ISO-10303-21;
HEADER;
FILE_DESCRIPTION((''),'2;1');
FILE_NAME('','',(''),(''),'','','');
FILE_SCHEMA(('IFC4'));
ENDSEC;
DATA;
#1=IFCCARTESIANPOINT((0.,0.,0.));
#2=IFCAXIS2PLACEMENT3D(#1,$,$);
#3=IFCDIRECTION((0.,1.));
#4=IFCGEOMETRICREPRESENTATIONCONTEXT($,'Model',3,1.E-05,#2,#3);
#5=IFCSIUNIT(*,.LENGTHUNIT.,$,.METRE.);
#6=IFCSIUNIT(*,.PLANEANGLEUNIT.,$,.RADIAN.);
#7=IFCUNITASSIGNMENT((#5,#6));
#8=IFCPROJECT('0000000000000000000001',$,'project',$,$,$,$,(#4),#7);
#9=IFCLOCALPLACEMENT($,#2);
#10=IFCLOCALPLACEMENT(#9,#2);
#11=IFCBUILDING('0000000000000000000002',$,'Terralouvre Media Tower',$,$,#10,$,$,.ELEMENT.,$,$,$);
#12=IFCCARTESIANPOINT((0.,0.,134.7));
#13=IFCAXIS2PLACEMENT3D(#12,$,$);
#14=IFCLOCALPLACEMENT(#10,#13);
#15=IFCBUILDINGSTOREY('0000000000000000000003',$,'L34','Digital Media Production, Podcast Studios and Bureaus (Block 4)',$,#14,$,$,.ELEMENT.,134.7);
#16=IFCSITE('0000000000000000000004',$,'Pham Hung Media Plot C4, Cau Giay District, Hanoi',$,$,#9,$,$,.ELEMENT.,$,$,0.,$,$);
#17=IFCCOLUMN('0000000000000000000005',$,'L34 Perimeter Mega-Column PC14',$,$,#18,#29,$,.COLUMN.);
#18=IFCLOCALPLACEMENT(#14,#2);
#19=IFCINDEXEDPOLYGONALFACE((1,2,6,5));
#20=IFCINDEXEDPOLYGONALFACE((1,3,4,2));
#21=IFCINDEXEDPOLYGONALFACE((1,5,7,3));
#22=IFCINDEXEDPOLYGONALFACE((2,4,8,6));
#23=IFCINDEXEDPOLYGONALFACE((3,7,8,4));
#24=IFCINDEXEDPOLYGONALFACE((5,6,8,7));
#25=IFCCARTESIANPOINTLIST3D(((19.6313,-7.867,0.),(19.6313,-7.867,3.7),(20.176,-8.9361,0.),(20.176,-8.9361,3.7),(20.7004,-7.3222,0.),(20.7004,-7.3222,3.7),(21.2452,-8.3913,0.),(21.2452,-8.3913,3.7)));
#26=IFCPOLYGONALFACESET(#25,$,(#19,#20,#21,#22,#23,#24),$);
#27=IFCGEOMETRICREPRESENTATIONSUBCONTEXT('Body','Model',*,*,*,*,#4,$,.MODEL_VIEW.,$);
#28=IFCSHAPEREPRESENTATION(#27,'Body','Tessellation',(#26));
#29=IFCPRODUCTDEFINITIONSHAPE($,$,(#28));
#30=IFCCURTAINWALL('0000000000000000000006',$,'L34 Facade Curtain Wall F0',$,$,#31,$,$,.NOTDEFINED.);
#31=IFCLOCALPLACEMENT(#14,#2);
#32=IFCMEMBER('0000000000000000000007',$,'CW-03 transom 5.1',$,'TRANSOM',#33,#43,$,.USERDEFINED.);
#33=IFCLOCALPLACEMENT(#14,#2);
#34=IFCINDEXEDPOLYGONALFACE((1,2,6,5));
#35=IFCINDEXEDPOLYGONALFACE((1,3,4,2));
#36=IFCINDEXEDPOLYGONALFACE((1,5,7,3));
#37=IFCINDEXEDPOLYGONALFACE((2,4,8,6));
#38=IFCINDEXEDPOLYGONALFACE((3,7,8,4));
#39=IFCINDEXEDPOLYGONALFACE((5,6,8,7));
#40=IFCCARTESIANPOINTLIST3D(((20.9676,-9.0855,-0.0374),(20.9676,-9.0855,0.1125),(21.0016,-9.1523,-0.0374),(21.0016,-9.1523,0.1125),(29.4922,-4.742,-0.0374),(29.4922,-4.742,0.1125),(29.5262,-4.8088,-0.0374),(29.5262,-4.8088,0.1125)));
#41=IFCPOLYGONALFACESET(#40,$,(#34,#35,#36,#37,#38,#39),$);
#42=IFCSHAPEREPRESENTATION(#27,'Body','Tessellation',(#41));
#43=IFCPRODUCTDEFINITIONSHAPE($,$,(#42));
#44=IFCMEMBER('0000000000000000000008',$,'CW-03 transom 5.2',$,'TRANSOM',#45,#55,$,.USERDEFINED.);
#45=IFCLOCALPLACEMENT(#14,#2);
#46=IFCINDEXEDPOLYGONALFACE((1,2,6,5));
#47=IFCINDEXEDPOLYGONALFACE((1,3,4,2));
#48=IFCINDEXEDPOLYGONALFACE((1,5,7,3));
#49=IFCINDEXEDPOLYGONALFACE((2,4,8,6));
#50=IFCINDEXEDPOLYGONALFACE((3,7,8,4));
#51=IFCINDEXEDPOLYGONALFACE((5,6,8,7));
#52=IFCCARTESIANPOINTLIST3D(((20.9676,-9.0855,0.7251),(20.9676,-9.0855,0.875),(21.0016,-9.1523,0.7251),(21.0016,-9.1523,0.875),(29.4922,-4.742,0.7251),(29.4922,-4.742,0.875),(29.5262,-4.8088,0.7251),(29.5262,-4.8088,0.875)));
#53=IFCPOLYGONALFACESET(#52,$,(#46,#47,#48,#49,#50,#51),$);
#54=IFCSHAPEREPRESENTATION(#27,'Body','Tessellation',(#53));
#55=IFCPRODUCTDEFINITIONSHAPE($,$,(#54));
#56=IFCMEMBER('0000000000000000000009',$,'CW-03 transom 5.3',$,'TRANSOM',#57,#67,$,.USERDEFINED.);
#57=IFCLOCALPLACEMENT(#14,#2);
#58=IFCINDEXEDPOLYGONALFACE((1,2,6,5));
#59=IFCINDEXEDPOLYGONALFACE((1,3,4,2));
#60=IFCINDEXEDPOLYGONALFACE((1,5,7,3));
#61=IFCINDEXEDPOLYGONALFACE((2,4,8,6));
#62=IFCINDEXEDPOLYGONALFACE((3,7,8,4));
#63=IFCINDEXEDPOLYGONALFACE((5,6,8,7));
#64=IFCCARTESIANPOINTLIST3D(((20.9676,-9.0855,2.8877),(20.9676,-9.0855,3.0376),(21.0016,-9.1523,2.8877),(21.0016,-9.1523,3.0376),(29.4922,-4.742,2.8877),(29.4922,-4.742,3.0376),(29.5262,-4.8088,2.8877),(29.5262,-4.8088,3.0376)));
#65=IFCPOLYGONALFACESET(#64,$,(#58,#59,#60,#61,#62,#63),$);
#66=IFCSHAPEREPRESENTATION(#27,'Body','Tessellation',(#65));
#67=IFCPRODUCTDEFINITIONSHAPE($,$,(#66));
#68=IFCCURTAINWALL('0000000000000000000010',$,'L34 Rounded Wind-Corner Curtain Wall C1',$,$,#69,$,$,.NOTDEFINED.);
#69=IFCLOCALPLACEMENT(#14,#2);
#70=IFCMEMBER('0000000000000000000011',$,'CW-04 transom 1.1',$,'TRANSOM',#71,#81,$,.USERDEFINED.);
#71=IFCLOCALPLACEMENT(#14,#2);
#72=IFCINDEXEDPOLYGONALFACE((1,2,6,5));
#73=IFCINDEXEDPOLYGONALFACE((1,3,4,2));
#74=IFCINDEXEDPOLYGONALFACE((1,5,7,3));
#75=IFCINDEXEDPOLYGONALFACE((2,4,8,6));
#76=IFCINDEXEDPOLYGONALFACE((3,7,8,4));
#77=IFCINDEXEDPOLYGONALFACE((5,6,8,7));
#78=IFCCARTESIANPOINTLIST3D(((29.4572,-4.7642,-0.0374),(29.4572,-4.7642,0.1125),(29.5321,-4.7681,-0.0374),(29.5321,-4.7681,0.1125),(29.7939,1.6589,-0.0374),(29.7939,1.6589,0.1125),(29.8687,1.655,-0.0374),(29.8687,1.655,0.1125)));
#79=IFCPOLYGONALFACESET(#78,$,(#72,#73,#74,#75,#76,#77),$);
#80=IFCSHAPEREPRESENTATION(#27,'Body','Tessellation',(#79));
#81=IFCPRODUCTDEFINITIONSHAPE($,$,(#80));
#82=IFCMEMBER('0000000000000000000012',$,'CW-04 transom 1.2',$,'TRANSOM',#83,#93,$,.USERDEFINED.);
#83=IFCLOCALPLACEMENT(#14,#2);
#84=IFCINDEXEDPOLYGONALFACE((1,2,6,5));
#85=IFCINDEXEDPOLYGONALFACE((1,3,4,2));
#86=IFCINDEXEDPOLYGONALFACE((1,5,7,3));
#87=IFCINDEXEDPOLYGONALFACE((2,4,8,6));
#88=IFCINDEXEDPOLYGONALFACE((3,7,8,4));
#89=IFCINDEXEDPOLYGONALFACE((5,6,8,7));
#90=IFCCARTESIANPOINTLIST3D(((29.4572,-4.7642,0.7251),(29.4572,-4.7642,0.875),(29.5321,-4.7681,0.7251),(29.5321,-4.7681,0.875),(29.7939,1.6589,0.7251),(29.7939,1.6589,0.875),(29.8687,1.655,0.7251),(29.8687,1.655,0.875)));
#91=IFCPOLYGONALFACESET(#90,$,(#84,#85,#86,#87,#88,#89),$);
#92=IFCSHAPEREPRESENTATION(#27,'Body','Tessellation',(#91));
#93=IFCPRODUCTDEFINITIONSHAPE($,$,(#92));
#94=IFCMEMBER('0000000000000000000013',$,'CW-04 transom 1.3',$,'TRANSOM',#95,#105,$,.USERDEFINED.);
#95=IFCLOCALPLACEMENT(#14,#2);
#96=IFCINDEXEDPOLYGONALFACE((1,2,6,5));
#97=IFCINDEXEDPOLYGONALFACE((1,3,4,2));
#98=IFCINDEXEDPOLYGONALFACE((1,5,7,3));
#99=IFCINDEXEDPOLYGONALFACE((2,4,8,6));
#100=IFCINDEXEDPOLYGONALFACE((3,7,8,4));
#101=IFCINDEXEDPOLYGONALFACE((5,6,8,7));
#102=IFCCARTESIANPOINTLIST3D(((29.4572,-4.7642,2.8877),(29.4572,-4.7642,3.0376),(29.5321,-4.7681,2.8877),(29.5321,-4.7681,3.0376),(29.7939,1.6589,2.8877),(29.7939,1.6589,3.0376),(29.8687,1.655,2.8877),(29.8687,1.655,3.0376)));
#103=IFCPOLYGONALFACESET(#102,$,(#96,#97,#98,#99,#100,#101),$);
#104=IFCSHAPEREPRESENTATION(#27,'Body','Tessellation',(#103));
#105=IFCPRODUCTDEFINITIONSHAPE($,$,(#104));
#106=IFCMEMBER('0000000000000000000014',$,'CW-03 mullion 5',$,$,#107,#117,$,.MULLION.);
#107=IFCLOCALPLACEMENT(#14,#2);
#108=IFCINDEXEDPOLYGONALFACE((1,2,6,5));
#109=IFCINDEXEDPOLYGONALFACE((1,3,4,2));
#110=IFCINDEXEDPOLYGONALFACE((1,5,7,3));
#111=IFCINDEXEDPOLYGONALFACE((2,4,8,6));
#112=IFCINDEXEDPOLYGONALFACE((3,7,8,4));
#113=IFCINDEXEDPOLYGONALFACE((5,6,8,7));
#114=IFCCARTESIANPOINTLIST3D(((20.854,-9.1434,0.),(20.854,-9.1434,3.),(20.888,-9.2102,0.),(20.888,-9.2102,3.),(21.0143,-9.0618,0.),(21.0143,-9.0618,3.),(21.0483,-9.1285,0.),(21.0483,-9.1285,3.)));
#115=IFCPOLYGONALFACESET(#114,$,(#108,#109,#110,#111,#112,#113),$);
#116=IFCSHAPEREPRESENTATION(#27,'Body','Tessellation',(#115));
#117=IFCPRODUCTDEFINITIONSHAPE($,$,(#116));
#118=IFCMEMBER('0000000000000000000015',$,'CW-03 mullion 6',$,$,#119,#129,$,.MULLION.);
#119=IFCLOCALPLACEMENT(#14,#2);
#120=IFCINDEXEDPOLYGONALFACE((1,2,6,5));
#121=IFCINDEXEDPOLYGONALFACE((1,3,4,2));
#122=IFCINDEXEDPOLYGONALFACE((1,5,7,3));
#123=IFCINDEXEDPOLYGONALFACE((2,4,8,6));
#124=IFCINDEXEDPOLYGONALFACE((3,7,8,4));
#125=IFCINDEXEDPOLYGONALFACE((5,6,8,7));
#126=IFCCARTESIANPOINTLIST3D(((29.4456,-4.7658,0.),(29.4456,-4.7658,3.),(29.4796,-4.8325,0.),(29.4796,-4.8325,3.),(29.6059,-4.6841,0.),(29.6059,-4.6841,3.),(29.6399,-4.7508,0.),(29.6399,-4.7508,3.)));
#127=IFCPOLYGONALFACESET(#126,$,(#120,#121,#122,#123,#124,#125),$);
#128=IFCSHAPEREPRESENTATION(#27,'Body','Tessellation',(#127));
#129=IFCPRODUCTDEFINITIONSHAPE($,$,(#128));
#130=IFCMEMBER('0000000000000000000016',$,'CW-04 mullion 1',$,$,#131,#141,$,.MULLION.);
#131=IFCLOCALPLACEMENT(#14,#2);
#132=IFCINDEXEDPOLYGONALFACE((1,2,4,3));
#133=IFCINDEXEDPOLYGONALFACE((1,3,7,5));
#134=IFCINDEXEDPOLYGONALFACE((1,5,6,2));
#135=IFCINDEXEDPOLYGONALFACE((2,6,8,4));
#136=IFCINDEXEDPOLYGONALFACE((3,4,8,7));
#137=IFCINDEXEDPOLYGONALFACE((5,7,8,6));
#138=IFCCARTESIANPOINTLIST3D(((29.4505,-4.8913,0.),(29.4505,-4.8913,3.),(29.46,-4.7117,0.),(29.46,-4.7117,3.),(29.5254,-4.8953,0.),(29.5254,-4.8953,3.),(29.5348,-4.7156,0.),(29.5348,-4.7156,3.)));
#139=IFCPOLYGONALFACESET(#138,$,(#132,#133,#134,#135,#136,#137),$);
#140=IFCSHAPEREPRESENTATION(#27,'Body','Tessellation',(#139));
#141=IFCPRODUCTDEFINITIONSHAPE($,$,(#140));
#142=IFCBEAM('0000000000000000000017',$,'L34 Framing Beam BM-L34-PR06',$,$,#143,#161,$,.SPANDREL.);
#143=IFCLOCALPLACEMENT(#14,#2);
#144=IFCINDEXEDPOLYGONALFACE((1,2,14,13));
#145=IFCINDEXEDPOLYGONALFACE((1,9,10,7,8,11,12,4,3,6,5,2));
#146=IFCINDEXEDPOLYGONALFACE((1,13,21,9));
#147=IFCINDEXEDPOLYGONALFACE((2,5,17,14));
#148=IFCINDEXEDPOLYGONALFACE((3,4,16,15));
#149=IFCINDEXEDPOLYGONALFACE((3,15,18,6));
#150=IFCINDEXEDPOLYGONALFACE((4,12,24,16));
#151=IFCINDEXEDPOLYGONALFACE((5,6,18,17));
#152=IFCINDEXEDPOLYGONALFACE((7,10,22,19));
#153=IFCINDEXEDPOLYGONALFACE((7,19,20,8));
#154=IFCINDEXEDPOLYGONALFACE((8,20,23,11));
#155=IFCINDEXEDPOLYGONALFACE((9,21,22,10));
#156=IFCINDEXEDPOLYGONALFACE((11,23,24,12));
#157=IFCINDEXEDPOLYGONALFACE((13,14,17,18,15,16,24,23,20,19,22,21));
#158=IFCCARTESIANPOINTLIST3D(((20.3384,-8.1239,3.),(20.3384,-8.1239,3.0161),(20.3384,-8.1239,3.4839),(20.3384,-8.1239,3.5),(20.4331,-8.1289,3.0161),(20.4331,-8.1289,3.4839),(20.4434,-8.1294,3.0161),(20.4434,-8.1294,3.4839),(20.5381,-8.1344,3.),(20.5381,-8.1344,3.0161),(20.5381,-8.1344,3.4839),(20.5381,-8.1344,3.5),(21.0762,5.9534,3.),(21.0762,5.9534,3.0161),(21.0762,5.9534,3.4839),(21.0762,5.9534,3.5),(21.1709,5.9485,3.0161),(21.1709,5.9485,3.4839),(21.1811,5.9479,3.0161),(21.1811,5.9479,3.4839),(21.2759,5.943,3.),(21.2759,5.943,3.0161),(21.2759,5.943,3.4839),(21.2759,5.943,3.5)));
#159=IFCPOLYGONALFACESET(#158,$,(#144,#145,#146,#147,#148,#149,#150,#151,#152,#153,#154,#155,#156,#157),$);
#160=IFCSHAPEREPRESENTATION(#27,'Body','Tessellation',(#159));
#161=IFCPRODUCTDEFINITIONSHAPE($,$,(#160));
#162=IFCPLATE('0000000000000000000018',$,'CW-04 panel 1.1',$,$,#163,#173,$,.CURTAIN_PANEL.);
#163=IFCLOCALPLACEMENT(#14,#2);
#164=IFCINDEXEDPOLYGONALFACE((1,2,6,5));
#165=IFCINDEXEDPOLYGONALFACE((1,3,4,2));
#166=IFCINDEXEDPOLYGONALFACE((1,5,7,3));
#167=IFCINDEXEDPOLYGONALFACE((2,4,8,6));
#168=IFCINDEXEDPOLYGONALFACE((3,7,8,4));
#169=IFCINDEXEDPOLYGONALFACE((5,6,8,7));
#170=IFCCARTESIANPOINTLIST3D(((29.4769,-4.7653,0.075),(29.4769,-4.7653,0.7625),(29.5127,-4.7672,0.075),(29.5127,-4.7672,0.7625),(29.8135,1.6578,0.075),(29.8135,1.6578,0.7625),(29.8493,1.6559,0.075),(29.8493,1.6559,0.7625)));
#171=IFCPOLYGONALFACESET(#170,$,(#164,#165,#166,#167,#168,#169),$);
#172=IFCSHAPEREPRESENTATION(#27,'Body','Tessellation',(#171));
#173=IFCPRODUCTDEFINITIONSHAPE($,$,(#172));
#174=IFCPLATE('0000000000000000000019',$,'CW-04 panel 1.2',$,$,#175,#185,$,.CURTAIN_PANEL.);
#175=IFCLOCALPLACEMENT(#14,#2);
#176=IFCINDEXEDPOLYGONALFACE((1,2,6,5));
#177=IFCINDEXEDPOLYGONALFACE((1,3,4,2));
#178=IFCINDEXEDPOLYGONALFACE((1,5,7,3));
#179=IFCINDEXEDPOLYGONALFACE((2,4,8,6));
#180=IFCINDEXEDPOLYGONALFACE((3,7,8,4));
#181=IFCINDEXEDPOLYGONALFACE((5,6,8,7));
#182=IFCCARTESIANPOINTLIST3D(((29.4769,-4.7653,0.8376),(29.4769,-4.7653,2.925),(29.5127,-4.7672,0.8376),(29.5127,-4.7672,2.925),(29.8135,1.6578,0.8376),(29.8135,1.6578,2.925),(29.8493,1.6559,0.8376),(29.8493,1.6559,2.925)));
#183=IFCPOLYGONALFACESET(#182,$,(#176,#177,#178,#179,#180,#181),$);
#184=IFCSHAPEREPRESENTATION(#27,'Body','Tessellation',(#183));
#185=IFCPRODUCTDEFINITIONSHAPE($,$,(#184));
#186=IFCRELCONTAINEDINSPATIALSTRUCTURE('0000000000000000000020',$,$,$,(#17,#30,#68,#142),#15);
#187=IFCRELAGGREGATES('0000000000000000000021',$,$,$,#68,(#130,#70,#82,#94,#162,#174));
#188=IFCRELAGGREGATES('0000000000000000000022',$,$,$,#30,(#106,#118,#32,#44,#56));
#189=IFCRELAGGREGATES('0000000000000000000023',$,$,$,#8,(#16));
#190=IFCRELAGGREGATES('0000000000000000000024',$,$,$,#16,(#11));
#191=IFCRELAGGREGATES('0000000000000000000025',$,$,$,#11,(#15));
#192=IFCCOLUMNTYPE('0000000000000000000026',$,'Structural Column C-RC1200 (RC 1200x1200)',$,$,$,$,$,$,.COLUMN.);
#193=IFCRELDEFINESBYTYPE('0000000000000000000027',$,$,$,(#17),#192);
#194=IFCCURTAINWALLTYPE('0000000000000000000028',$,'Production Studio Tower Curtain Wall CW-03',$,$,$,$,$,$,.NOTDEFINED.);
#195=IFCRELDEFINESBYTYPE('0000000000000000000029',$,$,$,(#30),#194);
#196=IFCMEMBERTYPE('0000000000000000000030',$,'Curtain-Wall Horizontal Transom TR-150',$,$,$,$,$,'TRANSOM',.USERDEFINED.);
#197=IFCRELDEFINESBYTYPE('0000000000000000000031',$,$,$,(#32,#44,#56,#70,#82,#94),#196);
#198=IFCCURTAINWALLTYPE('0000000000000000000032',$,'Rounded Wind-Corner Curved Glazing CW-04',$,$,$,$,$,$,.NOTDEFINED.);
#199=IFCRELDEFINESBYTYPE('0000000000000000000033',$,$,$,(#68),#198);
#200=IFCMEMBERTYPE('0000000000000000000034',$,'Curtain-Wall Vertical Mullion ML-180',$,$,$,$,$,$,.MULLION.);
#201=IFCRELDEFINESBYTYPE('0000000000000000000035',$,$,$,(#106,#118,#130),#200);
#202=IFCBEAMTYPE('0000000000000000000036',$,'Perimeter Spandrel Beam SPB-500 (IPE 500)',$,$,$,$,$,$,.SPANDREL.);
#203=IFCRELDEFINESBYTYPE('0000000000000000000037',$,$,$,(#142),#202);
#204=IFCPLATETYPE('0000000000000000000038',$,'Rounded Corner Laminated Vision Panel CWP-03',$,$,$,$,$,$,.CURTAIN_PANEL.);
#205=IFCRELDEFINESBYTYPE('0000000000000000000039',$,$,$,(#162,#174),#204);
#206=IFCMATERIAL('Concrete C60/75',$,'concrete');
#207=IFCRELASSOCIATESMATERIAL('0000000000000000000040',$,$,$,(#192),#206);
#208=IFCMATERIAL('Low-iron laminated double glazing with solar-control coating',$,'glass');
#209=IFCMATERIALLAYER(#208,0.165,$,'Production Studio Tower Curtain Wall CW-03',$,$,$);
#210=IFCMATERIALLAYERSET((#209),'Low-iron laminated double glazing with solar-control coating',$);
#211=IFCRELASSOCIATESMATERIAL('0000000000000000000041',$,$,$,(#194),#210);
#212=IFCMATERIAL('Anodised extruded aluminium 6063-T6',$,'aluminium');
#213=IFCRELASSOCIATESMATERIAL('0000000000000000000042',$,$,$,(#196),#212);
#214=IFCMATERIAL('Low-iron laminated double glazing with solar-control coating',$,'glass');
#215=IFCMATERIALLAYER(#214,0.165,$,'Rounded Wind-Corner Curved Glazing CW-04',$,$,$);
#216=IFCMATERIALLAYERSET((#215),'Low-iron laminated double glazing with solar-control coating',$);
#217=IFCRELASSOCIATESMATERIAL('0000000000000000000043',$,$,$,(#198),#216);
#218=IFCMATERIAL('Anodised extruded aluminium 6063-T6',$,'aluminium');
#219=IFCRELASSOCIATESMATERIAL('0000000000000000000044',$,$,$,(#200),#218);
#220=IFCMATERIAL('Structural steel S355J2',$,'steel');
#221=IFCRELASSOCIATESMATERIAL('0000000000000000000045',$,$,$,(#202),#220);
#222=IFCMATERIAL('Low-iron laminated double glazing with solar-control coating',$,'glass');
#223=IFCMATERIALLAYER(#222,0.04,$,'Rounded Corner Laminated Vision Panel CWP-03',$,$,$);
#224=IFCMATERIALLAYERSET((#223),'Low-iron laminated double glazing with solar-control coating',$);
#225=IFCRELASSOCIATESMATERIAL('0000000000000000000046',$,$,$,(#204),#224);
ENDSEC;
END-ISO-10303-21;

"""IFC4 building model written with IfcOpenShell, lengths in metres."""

from ifc_helpers import new_model, si_unit, direction, frame, origin, origin_2d, place, context, subcontext, project, spatial, rectangle, i_section, extrude, material, layer, layer_set, material_profile, profile_set, type_object, element, aggregate, save


model = new_model("IFC4")

# Units and contexts
model_context = context("Model", 3, precision=1e-05, world=origin(), true_north=direction((0.0, 1.0)))
body_context = subcontext(model_context, "Body", "Model", "MODEL_VIEW")
ifc_project = project(units=[si_unit("LENGTHUNIT", "METRE"), si_unit("PLANEANGLEUNIT", "RADIAN")], contexts=[model_context])

# Site, building, storey
site_placement = place(None, origin())
site = spatial("IfcSite", under=ifc_project, at=site_placement, Name="Pham Hung Media Plot C4, Cau Giay District, Hanoi", CompositionType="ELEMENT", RefElevation=0.0)
building_placement = place(site_placement, origin())
building = spatial("IfcBuilding", under=site, at=building_placement, Name="Terralouvre Media Tower", CompositionType="ELEMENT")
storey_placement = place(building_placement, frame((0.0, 0.0, 134.7)))
storey = spatial("IfcBuildingStorey", under=building, at=storey_placement, Name="L34", Description="Digital Media Production, Podcast Studios and Bureaus (Block 4)", CompositionType="ELEMENT", Elevation=134.7)

# Column
ifc_material_1 = material(Name="Concrete C60/75", Category="concrete")
ifc_material_profile_1 = material_profile(ifc_material_1, rectangle(XDim=1.2, YDim=1.2, at=origin_2d()), Name="RC 1200x1200")
ifc_profile_set_1 = profile_set([ifc_material_profile_1], Name="Concrete C60/75")
column_type = type_object("IfcColumnType", Name="Structural Column C-RC1200 (RC 1200x1200)", PredefinedType="COLUMN", material=ifc_profile_set_1)
column_placement = place(storey_placement, frame((20.4382, -8.1292, 0.0), z_axis=(0.0, 0.0, 1.0), x_axis=(0.891007, 0.45399, 0.0)))
element("IfcColumn", 1, at=column_placement, inside=storey, type_object=column_type, Name="L34 Perimeter Mega-Column PC14", PredefinedType="COLUMN", context=body_context, shape_type="SweptSolid", body=[
    extrude(rectangle(XDim=1.2, YDim=1.2, at=origin_2d()), origin(), (0.0, 0.0, 1.0), 3.7),
])

# Curtain walls, members
ifc_material_2 = material(Name="Low-iron laminated double glazing with solar-control coating", Category="glass")
ifc_layer_1 = layer(ifc_material_2, 0.165, Name="Production Studio Tower Curtain Wall CW-03")
ifc_layer_set_1 = layer_set([ifc_layer_1], Name="Low-iron laminated double glazing with solar-control coating")
curtain_wall_type_1 = type_object("IfcCurtainWallType", Name="Production Studio Tower Curtain Wall CW-03", PredefinedType="NOTDEFINED", material=ifc_layer_set_1)
curtain_wall_1_placement = place(storey_placement, origin())
curtain_wall_1 = element("IfcCurtainWall", 2, at=curtain_wall_1_placement, inside=storey, type_object=curtain_wall_type_1, Name="L34 Facade Curtain Wall F0", PredefinedType="NOTDEFINED")
ifc_material_3 = material(Name="Anodised extruded aluminium 6063-T6", Category="aluminium")
ifc_material_profile_2 = material_profile(ifc_material_3, rectangle(XDim=0.075, YDim=0.1499, at=origin_2d()), Name="ALU 75x150")
ifc_profile_set_2 = profile_set([ifc_material_profile_2], Name="Anodised extruded aluminium 6063-T6")
member_type_1 = type_object("IfcMemberType", Name="Curtain-Wall Horizontal Transom TR-150", ElementType="TRANSOM", PredefinedType="USERDEFINED", material=ifc_profile_set_2)
member_1_placement = place(storey_placement, frame((20.9846, -9.1189, 0.0376), z_axis=(0.891008, 0.453988, 0.0), x_axis=(-0.453988, 0.891008, 0.0)))
member_1 = element("IfcMember", 3, at=member_1_placement, type_object=member_type_1, Name="CW-03 transom 5.1", ObjectType="TRANSOM", PredefinedType="USERDEFINED", context=body_context, shape_type="SweptSolid", body=[
    extrude(rectangle(XDim=0.075, YDim=0.1499, at=origin_2d()), origin(), (0.0, 0.0, 1.0), 9.5674),
])
member_2_placement = place(storey_placement, frame((20.9846, -9.1189, 0.8), z_axis=(0.891008, 0.453988, 0.0), x_axis=(-0.453988, 0.891008, 0.0)))
member_2 = element("IfcMember", 4, at=member_2_placement, type_object=member_type_1, Name="CW-03 transom 5.2", ObjectType="TRANSOM", PredefinedType="USERDEFINED", context=body_context, shape_type="SweptSolid", body=[
    extrude(rectangle(XDim=0.075, YDim=0.1499, at=origin_2d()), origin(), (0.0, 0.0, 1.0), 9.5674),
])
member_3_placement = place(storey_placement, frame((20.9846, -9.1189, 2.9626), z_axis=(0.891008, 0.453988, 0.0), x_axis=(-0.453988, 0.891008, 0.0)))
member_3 = element("IfcMember", 5, at=member_3_placement, type_object=member_type_1, Name="CW-03 transom 5.3", ObjectType="TRANSOM", PredefinedType="USERDEFINED", context=body_context, shape_type="SweptSolid", body=[
    extrude(rectangle(XDim=0.075, YDim=0.1499, at=origin_2d()), origin(), (0.0, 0.0, 1.0), 9.5674),
])
ifc_material_4 = material(Name="Low-iron laminated double glazing with solar-control coating", Category="glass")
ifc_layer_2 = layer(ifc_material_4, 0.165, Name="Rounded Wind-Corner Curved Glazing CW-04")
ifc_layer_set_2 = layer_set([ifc_layer_2], Name="Low-iron laminated double glazing with solar-control coating")
curtain_wall_type_2 = type_object("IfcCurtainWallType", Name="Rounded Wind-Corner Curved Glazing CW-04", PredefinedType="NOTDEFINED", material=ifc_layer_set_2)
curtain_wall_2_placement = place(storey_placement, origin())
curtain_wall_2 = element("IfcCurtainWall", 6, at=curtain_wall_2_placement, inside=storey, type_object=curtain_wall_type_2, Name="L34 Rounded Wind-Corner Curtain Wall C1", PredefinedType="NOTDEFINED")
member_4_placement = place(storey_placement, frame((29.4946, -4.7661, 0.0376), z_axis=(0.052344, 0.998629, 0.0), x_axis=(-0.998629, 0.052344, 0.0)))
member_4 = element("IfcMember", 7, at=member_4_placement, type_object=member_type_1, Name="CW-04 transom 1.1", ObjectType="TRANSOM", PredefinedType="USERDEFINED", context=body_context, shape_type="SweptSolid", body=[
    extrude(rectangle(XDim=0.075, YDim=0.1499, at=origin_2d()), origin(), (0.0, 0.0, 1.0), 6.4319),
])
member_5_placement = place(storey_placement, frame((29.4946, -4.7661, 0.8), z_axis=(0.052344, 0.998629, 0.0), x_axis=(-0.998629, 0.052344, 0.0)))
member_5 = element("IfcMember", 8, at=member_5_placement, type_object=member_type_1, Name="CW-04 transom 1.2", ObjectType="TRANSOM", PredefinedType="USERDEFINED", context=body_context, shape_type="SweptSolid", body=[
    extrude(rectangle(XDim=0.075, YDim=0.1499, at=origin_2d()), origin(), (0.0, 0.0, 1.0), 6.4319),
])
member_6_placement = place(storey_placement, frame((29.4946, -4.7661, 2.9626), z_axis=(0.052344, 0.998629, 0.0), x_axis=(-0.998629, 0.052344, 0.0)))
member_6 = element("IfcMember", 9, at=member_6_placement, type_object=member_type_1, Name="CW-04 transom 1.3", ObjectType="TRANSOM", PredefinedType="USERDEFINED", context=body_context, shape_type="SweptSolid", body=[
    extrude(rectangle(XDim=0.075, YDim=0.1499, at=origin_2d()), origin(), (0.0, 0.0, 1.0), 6.4319),
])

# Members
ifc_material_5 = material(Name="Anodised extruded aluminium 6063-T6", Category="aluminium")
ifc_material_profile_3 = material_profile(ifc_material_5, rectangle(XDim=0.075, YDim=0.1799, at=origin_2d()), Name="ALU 75x180")
ifc_profile_set_3 = profile_set([ifc_material_profile_3], Name="Anodised extruded aluminium 6063-T6")
member_type_2 = type_object("IfcMemberType", Name="Curtain-Wall Vertical Mullion ML-180", PredefinedType="MULLION", material=ifc_profile_set_3)
member_7_placement = place(storey_placement, frame((20.9512, -9.136, 0.0), z_axis=(0.0, 0.0, 1.0), x_axis=(-0.453991, 0.891007, 0.0)))
member_7 = element("IfcMember", 10, at=member_7_placement, type_object=member_type_2, Name="CW-03 mullion 5", PredefinedType="MULLION", context=body_context, shape_type="SweptSolid", body=[
    extrude(rectangle(XDim=0.075, YDim=0.1799, at=origin_2d()), origin(), (0.0, 0.0, 1.0), 3.0),
])
member_8_placement = place(storey_placement, frame((29.5427, -4.7583, 0.0), z_axis=(0.0, 0.0, 1.0), x_axis=(-0.453991, 0.891007, 0.0)))
member_8 = element("IfcMember", 11, at=member_8_placement, type_object=member_type_2, Name="CW-03 mullion 6", PredefinedType="MULLION", context=body_context, shape_type="SweptSolid", body=[
    extrude(rectangle(XDim=0.075, YDim=0.1799, at=origin_2d()), origin(), (0.0, 0.0, 1.0), 3.0),
])
member_9_placement = place(storey_placement, frame((29.4927, -4.8035, 0.0), z_axis=(0.0, 0.0, 1.0), x_axis=(-0.998629, 0.052337, 0.0)))
member_9 = element("IfcMember", 12, at=member_9_placement, type_object=member_type_2, Name="CW-04 mullion 1", PredefinedType="MULLION", context=body_context, shape_type="SweptSolid", body=[
    extrude(rectangle(XDim=0.075, YDim=0.1799, at=origin_2d()), origin(), (0.0, 0.0, 1.0), 3.0),
])

# Beam
ifc_material_6 = material(Name="Structural steel S355J2", Category="steel")
ifc_material_profile_4 = material_profile(ifc_material_6, i_section(OverallWidth=0.2, OverallDepth=0.5, WebThickness=0.0103, FlangeThickness=0.0161, at=origin_2d()), Name="IPE 500")
ifc_profile_set_4 = profile_set([ifc_material_profile_4], Name="Structural steel S355J2")
beam_type = type_object("IfcBeamType", Name="Perimeter Spandrel Beam SPB-500 (IPE 500)", PredefinedType="SPANDREL", material=ifc_profile_set_4)
beam_placement = place(storey_placement, frame((20.4382, -8.1292, 3.25), z_axis=(0.052338, 0.998629, 0.0), x_axis=(-0.998629, 0.052338, 0.0)))
element("IfcBeam", 13, at=beam_placement, inside=storey, type_object=beam_type, Name="L34 Framing Beam BM-L34-PR06", PredefinedType="SPANDREL", context=body_context, shape_type="SweptSolid", body=[
    extrude(i_section(OverallWidth=0.2, OverallDepth=0.5, WebThickness=0.0103, FlangeThickness=0.0161, at=origin_2d()), origin(), (0.0, 0.0, 1.0), 14.0967),
])

# Plates
ifc_material_7 = material(Name="Low-iron laminated double glazing with solar-control coating", Category="glass")
ifc_layer_3 = layer(ifc_material_7, 0.04, Name="Rounded Corner Laminated Vision Panel CWP-03")
ifc_layer_set_3 = layer_set([ifc_layer_3], Name="Low-iron laminated double glazing with solar-control coating")
plate_type_1 = type_object("IfcPlateType", Name="Rounded Corner Laminated Vision Panel CWP-03", PredefinedType="CURTAIN_PANEL", material=ifc_layer_set_3)
plate_1_placement = place(storey_placement, frame((29.6631, -1.5547, 0.075), z_axis=(0.0, 0.0, 1.0), x_axis=(0.052337, 0.998629, 0.0)))
plate_1 = element("IfcPlate", 14, at=plate_1_placement, type_object=plate_type_1, Name="CW-04 panel 1.1", PredefinedType="CURTAIN_PANEL", context=body_context, shape_type="SweptSolid", body=[
    extrude(rectangle(XDim=6.4319, YDim=0.0359, at=origin_2d()), origin(), (0.0, 0.0, 1.0), 0.6875),
])
plate_2_placement = place(storey_placement, frame((29.6631, -1.5547, 0.8376), z_axis=(0.0, 0.0, 1.0), x_axis=(0.052337, 0.998629, 0.0)))
plate_2 = element("IfcPlate", 15, at=plate_2_placement, type_object=plate_type_1, Name="CW-04 panel 1.2", PredefinedType="CURTAIN_PANEL", context=body_context, shape_type="SweptSolid", body=[
    extrude(rectangle(XDim=6.4319, YDim=0.0359, at=origin_2d()), origin(), (0.0, 0.0, 1.0), 2.0874),
])
aggregate(curtain_wall_2, [member_9, member_4, member_5, member_6, plate_1, plate_2])
aggregate(curtain_wall_1, [member_7, member_8, member_1, member_2, member_3])

save(model, "model.ifc")
